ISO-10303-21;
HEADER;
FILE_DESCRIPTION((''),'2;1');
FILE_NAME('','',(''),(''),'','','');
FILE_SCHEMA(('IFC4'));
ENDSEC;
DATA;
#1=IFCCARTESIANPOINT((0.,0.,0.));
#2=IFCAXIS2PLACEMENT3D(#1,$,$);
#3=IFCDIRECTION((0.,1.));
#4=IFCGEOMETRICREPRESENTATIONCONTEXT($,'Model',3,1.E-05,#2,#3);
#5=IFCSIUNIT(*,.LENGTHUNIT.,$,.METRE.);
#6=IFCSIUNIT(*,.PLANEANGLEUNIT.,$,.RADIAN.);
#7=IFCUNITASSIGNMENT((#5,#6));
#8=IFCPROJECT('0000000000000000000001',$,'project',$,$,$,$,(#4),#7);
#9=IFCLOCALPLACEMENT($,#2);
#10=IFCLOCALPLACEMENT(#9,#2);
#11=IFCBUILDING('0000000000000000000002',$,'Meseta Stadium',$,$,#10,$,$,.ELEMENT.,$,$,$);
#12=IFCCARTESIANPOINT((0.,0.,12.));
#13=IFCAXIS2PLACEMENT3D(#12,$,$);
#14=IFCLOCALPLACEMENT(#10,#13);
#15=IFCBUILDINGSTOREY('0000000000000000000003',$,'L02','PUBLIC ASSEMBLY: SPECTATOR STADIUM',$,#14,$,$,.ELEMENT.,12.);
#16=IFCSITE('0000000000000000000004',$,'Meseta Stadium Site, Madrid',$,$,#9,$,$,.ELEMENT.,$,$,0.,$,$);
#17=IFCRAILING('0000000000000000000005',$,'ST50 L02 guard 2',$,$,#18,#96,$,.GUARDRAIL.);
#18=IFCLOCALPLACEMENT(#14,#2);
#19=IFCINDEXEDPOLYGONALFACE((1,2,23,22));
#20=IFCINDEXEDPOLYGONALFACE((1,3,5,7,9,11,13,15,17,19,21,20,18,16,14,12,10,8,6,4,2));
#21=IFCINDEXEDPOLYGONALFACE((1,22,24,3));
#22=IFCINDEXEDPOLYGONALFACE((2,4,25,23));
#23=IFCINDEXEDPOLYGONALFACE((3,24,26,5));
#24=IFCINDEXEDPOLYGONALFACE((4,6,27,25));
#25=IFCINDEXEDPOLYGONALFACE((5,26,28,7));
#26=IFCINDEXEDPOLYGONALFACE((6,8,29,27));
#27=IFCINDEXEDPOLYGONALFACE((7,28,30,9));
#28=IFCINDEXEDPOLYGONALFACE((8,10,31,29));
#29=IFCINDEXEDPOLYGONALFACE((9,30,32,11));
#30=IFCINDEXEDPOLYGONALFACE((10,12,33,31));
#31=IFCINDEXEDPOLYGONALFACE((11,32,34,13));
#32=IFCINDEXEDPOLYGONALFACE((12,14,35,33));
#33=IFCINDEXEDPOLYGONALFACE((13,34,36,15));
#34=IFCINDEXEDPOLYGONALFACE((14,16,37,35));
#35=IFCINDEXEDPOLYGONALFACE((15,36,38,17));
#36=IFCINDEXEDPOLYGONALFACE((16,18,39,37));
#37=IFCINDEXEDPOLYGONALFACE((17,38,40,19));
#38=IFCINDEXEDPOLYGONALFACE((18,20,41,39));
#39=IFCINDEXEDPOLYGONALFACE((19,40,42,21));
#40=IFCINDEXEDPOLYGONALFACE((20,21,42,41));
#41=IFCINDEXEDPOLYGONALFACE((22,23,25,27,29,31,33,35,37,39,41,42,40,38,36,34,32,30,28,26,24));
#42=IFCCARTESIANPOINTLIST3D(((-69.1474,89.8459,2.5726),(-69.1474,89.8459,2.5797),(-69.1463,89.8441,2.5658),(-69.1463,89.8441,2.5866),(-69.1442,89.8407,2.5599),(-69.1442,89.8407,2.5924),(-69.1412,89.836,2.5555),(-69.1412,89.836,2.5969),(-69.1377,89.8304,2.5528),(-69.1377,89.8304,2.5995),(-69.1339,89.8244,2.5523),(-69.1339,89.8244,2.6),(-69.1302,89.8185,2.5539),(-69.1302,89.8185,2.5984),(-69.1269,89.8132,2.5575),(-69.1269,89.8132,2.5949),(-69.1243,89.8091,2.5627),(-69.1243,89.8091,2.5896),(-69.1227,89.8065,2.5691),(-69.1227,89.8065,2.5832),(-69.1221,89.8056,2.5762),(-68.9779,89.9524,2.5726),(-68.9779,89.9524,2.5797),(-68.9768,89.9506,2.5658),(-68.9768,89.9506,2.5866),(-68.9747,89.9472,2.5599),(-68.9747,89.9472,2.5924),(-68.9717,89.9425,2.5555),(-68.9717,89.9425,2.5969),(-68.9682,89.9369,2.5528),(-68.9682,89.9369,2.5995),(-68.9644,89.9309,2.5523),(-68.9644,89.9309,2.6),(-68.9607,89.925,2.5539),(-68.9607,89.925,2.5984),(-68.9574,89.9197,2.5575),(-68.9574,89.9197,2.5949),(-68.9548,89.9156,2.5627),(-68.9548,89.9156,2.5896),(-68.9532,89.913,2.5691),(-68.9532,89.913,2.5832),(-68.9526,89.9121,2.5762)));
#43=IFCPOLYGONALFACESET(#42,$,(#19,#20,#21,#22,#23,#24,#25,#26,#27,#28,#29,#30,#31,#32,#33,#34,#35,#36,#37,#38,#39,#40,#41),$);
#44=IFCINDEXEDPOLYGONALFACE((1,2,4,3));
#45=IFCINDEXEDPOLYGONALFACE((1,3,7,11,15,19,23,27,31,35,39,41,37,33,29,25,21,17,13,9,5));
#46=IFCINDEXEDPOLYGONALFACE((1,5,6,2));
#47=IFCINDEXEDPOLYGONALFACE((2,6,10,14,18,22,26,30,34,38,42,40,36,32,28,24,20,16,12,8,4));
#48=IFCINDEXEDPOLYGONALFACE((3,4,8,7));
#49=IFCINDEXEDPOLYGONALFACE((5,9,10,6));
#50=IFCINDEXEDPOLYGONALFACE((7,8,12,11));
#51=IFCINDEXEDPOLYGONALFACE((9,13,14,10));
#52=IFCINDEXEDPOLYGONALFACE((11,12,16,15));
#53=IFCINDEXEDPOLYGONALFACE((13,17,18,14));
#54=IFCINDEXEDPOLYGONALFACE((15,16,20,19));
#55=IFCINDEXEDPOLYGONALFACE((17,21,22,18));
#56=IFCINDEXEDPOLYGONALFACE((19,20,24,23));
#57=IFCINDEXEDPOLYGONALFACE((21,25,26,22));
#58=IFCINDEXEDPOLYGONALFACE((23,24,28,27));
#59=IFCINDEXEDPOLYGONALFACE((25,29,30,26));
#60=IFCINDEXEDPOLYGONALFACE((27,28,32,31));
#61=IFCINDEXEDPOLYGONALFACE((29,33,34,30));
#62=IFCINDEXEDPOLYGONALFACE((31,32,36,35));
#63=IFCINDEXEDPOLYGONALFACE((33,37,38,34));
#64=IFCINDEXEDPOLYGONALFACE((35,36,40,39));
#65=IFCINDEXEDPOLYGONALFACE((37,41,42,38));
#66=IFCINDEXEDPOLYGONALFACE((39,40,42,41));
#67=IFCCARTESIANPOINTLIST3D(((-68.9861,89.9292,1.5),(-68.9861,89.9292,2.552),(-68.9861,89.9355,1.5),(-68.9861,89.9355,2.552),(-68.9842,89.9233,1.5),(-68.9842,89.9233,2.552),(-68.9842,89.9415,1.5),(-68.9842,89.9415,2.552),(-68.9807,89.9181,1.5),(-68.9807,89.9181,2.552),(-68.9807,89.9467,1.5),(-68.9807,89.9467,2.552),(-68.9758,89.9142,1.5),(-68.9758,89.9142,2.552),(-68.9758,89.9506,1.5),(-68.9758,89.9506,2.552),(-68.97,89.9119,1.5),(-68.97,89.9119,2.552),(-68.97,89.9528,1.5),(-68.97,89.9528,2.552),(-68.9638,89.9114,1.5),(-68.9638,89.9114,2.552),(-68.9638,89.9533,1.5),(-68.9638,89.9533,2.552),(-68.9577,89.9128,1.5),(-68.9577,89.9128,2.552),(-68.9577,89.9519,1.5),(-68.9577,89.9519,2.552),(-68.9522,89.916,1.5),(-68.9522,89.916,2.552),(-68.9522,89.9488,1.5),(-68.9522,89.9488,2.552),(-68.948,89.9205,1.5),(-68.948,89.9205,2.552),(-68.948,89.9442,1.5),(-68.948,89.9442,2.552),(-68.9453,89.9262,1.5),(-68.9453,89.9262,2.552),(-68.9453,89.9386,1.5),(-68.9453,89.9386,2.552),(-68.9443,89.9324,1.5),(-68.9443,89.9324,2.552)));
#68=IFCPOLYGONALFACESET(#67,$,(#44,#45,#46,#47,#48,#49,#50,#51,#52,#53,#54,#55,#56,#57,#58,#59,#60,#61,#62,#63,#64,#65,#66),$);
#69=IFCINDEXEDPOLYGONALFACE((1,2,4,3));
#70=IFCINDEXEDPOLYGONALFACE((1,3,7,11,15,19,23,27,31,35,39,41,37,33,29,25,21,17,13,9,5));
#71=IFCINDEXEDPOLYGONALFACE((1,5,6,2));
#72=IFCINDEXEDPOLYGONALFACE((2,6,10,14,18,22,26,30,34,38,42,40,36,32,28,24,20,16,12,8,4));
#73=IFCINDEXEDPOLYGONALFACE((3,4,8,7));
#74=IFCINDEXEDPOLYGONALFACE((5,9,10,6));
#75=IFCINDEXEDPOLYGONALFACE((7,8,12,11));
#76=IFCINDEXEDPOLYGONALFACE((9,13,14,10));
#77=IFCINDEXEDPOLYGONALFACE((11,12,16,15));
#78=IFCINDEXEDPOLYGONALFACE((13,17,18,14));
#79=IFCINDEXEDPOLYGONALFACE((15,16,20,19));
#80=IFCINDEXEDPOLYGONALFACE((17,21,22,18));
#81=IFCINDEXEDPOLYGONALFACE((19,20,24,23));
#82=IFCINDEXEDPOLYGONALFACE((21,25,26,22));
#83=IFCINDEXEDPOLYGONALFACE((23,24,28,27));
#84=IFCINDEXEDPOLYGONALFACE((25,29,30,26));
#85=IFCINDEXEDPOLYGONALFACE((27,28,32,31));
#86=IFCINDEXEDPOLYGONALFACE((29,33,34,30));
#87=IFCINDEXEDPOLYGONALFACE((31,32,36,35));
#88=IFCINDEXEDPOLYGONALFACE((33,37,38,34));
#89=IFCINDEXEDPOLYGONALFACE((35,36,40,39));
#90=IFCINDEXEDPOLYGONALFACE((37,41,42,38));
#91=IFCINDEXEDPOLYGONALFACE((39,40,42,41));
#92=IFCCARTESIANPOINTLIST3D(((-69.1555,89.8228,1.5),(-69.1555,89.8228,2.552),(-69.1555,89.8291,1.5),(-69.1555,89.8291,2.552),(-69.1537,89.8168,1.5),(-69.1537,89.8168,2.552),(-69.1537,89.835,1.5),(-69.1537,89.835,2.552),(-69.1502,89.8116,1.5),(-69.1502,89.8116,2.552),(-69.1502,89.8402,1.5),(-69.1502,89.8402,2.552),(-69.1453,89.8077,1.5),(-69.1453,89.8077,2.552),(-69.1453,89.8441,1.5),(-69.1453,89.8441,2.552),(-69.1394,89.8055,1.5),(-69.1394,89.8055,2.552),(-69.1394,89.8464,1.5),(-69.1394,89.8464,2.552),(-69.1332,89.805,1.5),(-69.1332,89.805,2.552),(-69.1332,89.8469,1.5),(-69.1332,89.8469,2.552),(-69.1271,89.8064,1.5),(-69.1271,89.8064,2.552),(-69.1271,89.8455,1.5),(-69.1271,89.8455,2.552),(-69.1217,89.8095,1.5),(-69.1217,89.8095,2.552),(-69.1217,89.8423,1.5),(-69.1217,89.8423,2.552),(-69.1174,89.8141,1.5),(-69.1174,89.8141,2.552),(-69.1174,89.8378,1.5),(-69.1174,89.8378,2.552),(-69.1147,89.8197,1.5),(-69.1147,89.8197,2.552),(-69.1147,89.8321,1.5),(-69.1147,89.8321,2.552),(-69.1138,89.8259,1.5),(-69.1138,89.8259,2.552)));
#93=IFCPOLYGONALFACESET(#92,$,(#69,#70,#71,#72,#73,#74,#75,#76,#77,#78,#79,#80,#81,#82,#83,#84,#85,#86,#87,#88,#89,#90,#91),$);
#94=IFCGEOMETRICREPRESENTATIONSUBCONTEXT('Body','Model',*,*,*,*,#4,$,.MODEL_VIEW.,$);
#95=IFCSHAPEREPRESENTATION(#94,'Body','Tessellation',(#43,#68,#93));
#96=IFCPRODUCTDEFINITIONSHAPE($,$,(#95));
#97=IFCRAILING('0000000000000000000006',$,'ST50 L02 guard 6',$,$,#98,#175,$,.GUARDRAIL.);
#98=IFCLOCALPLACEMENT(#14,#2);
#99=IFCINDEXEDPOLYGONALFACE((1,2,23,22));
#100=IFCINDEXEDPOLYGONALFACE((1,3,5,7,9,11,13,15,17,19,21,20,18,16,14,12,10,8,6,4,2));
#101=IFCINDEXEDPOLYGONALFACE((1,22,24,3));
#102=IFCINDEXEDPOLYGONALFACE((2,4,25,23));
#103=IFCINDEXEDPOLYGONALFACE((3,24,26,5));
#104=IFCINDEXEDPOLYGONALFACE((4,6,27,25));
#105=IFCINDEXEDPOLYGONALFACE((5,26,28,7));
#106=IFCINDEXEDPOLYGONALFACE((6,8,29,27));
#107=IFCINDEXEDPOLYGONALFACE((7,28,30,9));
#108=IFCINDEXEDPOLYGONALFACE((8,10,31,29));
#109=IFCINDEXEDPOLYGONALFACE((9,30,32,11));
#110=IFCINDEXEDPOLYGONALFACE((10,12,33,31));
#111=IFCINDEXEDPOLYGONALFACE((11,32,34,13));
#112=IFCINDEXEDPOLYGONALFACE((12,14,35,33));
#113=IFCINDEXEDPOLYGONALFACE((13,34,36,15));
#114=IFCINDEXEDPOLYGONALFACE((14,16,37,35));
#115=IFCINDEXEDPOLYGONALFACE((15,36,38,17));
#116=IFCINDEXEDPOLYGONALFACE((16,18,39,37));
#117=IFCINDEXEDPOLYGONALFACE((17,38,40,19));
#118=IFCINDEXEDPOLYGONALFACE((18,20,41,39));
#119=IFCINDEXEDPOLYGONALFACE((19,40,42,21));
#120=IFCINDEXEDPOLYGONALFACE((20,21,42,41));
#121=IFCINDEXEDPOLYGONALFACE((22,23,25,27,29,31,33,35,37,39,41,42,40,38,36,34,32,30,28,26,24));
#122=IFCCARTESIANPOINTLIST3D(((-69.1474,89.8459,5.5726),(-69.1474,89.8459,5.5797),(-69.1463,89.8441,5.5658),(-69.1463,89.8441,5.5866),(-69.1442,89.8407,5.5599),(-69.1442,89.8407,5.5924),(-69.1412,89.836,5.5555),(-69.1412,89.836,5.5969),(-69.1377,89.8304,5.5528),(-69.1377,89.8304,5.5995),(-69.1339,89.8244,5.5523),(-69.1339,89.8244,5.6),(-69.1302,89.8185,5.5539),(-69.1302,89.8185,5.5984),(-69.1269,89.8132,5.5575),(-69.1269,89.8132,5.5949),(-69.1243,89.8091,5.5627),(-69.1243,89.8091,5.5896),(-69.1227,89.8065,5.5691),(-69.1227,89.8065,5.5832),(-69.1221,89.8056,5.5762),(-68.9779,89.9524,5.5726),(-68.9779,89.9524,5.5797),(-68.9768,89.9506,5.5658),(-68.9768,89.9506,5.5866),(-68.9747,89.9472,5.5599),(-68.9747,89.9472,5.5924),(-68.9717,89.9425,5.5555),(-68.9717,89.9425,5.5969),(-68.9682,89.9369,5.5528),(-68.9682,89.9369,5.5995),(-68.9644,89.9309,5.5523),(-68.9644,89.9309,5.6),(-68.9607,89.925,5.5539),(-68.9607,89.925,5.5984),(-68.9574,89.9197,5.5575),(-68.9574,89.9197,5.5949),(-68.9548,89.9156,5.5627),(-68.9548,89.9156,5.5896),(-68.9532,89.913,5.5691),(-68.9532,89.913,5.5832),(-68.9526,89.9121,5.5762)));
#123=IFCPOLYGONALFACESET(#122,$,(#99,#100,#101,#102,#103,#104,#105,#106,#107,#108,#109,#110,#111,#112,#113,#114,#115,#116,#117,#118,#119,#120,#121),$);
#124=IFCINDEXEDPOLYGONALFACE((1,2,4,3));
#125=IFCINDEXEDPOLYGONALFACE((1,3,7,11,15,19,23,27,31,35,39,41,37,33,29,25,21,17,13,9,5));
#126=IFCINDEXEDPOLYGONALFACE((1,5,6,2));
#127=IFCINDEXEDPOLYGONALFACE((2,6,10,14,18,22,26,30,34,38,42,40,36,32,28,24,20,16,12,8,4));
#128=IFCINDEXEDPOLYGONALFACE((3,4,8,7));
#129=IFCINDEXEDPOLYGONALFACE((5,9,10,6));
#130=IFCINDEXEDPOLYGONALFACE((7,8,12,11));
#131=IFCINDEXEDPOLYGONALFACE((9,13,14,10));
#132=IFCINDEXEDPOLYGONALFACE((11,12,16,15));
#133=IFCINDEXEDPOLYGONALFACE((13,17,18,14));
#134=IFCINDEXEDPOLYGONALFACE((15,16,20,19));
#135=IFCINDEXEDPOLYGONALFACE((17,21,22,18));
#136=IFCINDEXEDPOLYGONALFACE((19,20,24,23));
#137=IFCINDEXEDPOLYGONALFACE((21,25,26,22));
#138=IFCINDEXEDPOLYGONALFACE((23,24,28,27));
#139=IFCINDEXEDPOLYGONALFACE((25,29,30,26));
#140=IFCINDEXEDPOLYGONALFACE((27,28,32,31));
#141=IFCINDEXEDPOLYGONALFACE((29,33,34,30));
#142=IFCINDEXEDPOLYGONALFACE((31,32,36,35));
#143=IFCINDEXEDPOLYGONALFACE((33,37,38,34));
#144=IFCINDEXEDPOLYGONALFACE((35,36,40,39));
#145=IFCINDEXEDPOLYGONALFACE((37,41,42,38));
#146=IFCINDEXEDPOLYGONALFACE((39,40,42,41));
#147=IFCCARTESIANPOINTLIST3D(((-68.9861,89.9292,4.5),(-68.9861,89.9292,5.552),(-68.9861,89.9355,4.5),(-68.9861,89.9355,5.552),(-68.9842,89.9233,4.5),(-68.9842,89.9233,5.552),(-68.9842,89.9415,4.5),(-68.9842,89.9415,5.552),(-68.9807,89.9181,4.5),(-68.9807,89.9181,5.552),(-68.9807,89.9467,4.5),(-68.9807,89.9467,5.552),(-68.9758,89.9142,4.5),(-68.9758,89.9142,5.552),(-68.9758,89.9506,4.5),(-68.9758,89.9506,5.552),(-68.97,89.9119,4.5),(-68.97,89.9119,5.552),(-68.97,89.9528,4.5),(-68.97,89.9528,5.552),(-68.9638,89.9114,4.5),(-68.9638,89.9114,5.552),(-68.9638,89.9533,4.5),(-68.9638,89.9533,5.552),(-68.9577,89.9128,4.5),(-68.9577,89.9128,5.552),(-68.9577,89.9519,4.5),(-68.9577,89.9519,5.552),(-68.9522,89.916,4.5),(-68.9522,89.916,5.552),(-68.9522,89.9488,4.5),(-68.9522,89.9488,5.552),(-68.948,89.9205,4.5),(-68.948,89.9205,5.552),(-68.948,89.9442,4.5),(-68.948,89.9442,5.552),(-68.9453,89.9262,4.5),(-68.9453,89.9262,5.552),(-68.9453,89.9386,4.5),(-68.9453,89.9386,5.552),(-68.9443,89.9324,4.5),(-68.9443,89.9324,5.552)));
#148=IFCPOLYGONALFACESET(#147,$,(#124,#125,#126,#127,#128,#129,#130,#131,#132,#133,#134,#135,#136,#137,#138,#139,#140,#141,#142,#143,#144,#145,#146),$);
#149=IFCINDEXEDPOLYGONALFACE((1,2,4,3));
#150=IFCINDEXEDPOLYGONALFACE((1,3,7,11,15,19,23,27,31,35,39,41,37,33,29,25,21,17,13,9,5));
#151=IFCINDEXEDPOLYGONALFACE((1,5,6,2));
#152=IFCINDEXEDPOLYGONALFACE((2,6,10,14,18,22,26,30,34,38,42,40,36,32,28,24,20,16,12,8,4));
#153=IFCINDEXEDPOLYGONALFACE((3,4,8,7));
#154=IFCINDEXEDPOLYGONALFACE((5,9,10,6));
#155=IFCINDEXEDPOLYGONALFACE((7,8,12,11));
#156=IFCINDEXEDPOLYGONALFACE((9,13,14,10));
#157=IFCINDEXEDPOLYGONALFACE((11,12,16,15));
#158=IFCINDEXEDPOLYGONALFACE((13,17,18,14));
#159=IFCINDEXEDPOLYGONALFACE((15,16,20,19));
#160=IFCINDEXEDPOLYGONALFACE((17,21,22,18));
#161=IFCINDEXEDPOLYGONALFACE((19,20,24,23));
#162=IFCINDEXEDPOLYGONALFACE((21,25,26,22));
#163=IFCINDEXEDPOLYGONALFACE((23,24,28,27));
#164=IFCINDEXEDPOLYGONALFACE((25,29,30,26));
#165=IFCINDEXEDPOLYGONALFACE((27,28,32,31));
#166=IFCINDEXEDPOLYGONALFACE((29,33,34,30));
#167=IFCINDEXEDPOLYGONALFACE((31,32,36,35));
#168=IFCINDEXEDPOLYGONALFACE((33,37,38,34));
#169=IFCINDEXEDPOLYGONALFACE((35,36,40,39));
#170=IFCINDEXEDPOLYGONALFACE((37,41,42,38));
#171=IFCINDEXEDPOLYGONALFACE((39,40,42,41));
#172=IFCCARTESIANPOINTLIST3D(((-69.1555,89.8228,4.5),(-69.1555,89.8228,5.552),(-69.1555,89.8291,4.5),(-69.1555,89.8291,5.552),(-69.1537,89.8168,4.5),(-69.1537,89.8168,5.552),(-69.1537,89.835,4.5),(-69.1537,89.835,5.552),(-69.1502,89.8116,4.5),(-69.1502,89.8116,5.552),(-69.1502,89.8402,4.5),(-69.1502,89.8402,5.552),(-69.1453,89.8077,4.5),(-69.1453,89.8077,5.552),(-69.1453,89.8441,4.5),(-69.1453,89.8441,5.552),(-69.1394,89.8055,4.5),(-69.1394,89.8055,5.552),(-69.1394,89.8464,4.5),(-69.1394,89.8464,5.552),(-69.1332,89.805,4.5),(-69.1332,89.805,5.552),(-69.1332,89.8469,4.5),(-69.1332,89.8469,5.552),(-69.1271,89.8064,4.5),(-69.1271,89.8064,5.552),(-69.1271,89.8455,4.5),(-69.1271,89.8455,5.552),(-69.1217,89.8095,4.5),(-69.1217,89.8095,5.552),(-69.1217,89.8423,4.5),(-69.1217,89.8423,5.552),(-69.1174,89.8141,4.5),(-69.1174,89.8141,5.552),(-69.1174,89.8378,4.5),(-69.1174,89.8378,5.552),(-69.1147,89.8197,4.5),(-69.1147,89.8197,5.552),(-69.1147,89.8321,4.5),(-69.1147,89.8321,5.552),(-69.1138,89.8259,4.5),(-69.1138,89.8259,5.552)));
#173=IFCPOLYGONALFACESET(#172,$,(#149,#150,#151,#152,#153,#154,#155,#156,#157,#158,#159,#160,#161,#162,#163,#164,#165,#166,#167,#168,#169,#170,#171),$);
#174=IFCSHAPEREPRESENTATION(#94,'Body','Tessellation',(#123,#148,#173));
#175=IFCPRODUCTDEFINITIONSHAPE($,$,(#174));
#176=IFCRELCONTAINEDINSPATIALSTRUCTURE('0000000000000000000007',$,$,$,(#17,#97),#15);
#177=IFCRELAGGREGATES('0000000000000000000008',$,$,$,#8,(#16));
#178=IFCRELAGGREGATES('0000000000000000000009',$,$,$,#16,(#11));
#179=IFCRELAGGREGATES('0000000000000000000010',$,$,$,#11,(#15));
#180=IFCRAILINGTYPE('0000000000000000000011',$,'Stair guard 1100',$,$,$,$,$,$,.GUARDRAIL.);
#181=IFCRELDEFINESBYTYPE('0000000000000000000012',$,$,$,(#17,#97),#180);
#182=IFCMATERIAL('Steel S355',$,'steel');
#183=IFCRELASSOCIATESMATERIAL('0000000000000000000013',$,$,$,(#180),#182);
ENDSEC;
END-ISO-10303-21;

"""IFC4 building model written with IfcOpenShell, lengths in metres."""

from ifc_helpers import new_model, si_unit, direction, frame, origin, origin_2d, place, context, subcontext, project, spatial, circle, extrude, material, type_object, element, save


model = new_model("IFC4")

# Units and contexts
model_context = context("Model", 3, precision=1e-05, world=origin(), true_north=direction((0.0, 1.0)))
body_context = subcontext(model_context, "Body", "Model", "MODEL_VIEW")
ifc_project = project(units=[si_unit("LENGTHUNIT", "METRE"), si_unit("PLANEANGLEUNIT", "RADIAN")], contexts=[model_context])

# Site, building, storey
site_placement = place(None, origin())
site = spatial("IfcSite", under=ifc_project, at=site_placement, Name="Meseta Stadium Site, Madrid", CompositionType="ELEMENT", RefElevation=0.0)
building_placement = place(site_placement, origin())
building = spatial("IfcBuilding", under=site, at=building_placement, Name="Meseta Stadium", CompositionType="ELEMENT")
storey_placement = place(building_placement, frame((0.0, 0.0, 12.0)))
storey = spatial("IfcBuildingStorey", under=building, at=storey_placement, Name="L02", Description="PUBLIC ASSEMBLY: SPECTATOR STADIUM", CompositionType="ELEMENT", Elevation=12.0)

# Railings
ifc_material_1 = material(Name="Steel S355", Category="steel")
railing_type_1 = type_object("IfcRailingType", Name="Stair guard 1100", PredefinedType="GUARDRAIL", material=ifc_material_1)
for number, where, name in (
    (1, (-68.9653, 89.9324, 1.5), "ST50 L02 guard 2"),
    (2, (-68.9653, 89.9324, 4.5), "ST50 L02 guard 6"),
):
    element("IfcRailing", number, at=place(storey_placement, frame(where)), inside=storey, type_object=railing_type_1, Name=name, PredefinedType="GUARDRAIL", context=body_context, shape_type="SweptSolid", body=[
        extrude(circle(Radius=0.0239, at=origin_2d()), frame((0.0, 0.0, 1.0762), z_axis=(-0.846762, -0.531972, 0.0), x_axis=(0.531972, -0.846762, 0.0)), (0.0, 0.0, 1.0), 0.2002),
        extrude(circle(Radius=0.021, at=origin_2d()), origin(), (0.0, 0.0, 1.0), 1.052),
        extrude(circle(Radius=0.021, at=origin_2d()), frame((-0.1694, -0.1064, 0.0)), (0.0, 0.0, 1.0), 1.052),
    ])

save(model, "model.ifc")
